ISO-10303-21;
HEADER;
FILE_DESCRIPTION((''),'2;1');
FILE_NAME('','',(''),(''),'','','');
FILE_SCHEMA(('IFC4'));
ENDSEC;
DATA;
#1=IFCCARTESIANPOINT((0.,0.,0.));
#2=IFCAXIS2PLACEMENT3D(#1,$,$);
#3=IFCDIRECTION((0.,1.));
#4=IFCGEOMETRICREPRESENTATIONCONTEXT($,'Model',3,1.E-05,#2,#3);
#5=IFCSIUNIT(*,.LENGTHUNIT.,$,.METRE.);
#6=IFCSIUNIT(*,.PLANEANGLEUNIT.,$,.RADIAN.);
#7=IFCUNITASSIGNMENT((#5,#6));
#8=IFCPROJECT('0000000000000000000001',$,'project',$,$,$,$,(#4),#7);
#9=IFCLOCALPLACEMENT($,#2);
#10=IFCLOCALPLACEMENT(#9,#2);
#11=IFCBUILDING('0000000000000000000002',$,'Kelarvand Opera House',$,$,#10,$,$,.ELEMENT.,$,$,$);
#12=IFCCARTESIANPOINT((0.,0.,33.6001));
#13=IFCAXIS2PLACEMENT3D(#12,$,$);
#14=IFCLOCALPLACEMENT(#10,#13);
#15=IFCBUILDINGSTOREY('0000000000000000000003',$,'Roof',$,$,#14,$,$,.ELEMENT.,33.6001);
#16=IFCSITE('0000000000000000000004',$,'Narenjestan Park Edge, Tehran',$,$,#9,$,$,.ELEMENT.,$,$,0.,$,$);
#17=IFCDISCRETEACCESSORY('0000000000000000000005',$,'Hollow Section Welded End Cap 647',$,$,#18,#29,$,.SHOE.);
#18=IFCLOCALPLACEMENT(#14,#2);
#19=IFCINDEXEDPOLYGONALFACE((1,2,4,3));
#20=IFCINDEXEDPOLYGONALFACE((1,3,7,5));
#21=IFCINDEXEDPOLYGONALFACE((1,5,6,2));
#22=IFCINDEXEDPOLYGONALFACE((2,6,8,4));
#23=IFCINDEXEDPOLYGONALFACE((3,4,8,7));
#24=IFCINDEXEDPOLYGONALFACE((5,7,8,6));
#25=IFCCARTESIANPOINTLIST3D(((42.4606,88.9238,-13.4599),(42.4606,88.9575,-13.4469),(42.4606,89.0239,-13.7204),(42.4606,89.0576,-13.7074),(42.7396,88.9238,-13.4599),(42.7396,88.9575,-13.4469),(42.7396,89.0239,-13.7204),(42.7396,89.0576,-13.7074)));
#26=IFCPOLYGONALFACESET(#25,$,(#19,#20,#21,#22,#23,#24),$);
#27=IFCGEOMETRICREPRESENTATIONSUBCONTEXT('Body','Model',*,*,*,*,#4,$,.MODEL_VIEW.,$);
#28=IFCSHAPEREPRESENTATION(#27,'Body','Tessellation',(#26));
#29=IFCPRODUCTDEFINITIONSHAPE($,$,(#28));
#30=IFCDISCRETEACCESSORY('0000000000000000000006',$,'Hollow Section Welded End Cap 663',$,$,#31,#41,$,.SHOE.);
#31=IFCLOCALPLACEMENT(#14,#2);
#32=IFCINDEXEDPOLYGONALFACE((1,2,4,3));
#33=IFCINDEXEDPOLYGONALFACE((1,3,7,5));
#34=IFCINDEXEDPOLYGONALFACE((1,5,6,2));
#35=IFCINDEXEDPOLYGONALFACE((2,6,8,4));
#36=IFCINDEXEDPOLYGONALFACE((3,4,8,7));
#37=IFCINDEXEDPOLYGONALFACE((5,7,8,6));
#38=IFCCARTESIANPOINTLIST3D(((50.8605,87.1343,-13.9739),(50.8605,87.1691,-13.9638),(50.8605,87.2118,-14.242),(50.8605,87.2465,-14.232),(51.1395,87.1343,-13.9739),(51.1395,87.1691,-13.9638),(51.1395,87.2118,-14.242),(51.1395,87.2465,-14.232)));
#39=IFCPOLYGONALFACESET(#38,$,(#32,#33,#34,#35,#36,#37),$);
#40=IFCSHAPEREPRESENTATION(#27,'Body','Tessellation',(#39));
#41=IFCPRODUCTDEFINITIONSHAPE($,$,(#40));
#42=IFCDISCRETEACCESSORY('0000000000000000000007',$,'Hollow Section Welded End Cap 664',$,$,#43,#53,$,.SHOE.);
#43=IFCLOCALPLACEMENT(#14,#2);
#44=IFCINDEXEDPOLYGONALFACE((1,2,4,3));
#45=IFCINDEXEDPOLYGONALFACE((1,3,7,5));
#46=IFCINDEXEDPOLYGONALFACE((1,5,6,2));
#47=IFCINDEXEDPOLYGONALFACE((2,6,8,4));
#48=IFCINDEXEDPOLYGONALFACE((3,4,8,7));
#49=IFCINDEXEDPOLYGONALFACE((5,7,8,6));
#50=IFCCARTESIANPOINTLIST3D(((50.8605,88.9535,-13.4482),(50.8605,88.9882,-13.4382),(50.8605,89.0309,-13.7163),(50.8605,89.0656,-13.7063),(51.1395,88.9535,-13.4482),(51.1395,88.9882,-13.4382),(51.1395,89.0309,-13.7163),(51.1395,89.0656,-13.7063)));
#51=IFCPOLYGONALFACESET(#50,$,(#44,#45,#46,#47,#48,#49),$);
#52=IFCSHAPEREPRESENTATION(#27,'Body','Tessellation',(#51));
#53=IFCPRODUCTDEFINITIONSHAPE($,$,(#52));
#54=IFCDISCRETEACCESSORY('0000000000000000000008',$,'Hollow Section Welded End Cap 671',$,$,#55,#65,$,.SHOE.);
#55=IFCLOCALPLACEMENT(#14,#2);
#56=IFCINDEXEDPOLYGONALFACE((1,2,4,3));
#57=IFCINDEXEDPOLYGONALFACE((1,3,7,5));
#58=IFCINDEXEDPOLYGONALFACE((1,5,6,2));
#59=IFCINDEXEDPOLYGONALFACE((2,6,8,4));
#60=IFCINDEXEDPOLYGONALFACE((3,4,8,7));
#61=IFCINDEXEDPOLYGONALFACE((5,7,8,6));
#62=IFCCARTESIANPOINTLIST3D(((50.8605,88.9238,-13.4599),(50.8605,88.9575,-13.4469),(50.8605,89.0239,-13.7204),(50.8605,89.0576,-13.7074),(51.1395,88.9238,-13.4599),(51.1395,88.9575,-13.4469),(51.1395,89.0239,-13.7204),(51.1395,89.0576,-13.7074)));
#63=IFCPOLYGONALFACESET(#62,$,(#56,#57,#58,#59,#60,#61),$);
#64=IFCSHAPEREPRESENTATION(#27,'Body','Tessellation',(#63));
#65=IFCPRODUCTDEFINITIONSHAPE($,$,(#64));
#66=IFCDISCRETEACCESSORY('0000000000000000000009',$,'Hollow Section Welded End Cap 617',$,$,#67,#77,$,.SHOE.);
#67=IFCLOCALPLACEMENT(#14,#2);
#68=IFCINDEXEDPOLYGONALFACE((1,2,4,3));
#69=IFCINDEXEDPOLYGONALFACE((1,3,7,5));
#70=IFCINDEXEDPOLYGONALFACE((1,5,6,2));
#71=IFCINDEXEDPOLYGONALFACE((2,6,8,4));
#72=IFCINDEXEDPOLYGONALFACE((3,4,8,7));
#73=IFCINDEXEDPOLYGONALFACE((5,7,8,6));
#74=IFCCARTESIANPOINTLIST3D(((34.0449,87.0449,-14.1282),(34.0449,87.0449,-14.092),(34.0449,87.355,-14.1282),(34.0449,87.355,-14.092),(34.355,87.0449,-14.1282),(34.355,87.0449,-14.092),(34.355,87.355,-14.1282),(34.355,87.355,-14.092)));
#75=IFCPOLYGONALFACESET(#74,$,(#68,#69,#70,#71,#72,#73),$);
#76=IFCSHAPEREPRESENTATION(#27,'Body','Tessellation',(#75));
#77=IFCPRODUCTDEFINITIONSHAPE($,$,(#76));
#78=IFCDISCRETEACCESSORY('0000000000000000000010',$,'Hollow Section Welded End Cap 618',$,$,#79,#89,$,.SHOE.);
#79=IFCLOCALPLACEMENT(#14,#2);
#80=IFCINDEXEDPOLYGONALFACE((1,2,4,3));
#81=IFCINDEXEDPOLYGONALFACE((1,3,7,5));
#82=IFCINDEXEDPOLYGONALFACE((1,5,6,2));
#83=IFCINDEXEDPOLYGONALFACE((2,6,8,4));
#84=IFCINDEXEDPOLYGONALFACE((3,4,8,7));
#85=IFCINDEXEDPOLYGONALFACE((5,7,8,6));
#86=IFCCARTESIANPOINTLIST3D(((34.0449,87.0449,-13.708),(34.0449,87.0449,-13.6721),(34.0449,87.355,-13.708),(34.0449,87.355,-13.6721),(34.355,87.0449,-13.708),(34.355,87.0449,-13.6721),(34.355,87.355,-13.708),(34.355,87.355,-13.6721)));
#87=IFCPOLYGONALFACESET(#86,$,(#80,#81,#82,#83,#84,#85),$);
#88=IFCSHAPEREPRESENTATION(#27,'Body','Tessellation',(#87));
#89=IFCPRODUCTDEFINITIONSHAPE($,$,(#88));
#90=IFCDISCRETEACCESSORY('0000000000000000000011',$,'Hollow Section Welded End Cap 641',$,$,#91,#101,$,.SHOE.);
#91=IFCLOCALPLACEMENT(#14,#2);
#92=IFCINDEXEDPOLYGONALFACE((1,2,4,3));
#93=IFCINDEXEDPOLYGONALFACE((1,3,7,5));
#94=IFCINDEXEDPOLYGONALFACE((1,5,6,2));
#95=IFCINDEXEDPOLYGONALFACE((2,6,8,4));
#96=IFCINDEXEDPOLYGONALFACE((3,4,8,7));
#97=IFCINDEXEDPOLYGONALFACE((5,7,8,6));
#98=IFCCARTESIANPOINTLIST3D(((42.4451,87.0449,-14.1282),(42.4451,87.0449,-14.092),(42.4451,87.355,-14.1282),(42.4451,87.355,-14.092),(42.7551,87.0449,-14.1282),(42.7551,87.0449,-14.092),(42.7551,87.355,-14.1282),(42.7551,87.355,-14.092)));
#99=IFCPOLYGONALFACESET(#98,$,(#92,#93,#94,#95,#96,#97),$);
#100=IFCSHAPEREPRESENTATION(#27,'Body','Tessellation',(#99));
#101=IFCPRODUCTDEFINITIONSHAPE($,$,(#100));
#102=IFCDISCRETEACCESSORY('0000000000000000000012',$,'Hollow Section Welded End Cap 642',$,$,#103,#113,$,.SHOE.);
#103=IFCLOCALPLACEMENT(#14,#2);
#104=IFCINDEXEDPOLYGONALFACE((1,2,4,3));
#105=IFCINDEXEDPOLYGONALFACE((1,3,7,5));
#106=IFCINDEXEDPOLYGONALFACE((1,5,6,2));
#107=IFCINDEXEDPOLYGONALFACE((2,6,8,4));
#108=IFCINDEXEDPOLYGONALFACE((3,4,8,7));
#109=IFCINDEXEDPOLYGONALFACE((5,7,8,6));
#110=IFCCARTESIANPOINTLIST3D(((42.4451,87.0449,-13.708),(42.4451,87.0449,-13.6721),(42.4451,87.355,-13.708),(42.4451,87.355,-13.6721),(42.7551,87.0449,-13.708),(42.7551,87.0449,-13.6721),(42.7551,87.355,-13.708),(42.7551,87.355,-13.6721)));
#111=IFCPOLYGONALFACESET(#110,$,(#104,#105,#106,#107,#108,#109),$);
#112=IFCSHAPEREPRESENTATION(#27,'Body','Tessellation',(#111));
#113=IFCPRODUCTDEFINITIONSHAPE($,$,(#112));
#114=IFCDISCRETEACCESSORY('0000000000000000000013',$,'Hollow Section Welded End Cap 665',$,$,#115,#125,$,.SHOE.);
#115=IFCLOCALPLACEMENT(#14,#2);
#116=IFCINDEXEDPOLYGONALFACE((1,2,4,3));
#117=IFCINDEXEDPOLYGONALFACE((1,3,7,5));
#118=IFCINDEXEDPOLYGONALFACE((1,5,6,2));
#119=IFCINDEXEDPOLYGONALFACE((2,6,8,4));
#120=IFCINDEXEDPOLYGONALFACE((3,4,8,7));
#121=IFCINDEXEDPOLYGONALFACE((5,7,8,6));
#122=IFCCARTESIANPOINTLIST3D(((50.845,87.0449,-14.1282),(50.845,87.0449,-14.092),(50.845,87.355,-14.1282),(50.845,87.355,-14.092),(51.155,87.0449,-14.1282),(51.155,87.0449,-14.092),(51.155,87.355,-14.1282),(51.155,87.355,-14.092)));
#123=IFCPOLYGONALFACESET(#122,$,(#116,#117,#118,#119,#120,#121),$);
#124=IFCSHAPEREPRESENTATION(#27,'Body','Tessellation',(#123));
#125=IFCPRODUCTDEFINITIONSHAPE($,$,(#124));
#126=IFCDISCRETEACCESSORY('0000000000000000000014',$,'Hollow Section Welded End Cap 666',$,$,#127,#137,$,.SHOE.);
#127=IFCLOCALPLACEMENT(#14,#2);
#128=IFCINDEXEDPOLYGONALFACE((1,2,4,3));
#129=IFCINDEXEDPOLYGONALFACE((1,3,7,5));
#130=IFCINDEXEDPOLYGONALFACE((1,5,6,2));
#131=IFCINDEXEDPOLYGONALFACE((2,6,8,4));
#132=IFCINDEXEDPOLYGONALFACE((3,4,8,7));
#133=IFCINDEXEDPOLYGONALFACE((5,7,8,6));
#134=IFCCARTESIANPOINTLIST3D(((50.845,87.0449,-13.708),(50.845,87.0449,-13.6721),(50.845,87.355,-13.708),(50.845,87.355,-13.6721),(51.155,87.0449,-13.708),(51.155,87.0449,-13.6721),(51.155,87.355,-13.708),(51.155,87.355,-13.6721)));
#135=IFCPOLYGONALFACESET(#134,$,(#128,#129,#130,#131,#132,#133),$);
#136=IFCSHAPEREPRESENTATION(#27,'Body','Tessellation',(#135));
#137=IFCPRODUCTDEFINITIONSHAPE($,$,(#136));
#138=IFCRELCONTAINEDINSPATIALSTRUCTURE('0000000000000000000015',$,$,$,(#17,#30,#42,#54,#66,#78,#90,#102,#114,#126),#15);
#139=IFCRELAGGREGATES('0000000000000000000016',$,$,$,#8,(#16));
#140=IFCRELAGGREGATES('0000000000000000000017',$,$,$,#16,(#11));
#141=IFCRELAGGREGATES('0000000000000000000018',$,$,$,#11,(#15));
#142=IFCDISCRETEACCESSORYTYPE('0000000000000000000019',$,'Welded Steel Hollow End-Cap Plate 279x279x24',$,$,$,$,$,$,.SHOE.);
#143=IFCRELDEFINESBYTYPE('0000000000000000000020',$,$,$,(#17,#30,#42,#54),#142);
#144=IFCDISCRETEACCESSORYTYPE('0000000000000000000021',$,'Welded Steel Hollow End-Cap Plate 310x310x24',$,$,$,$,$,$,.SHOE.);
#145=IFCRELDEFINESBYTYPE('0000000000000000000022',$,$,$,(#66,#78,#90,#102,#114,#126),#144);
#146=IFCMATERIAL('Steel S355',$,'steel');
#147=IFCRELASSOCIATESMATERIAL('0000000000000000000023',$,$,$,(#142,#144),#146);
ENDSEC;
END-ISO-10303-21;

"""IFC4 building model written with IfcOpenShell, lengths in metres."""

from ifc_helpers import new_model, si_unit, direction, frame, origin, origin_2d, place, context, subcontext, project, spatial, rectangle, extrude, material, material_profile, profile_set, type_object, element, save


model = new_model("IFC4")

# Units and contexts
model_context = context("Model", 3, precision=1e-05, world=origin(), true_north=direction((0.0, 1.0)))
body_context = subcontext(model_context, "Body", "Model", "MODEL_VIEW")
ifc_project = project(units=[si_unit("LENGTHUNIT", "METRE"), si_unit("PLANEANGLEUNIT", "RADIAN")], contexts=[model_context])

# Site, building, storey
site_placement = place(None, origin())
site = spatial("IfcSite", under=ifc_project, at=site_placement, Name="Narenjestan Park Edge, Tehran", CompositionType="ELEMENT", RefElevation=0.0)
building_placement = place(site_placement, origin())
building = spatial("IfcBuilding", under=site, at=building_placement, Name="Kelarvand Opera House", CompositionType="ELEMENT")
storey_placement = place(building_placement, frame((0.0, 0.0, 33.6001)))
storey = spatial("IfcBuildingStorey", under=building, at=storey_placement, Name="Roof", CompositionType="ELEMENT", Elevation=33.6001)

# Shared definitions
ifc_material = material(Name="Steel S355", Category="steel")

# Discrete accessories
ifc_material_profile_1 = material_profile(ifc_material, rectangle(XDim=0.2791, YDim=0.2791, at=origin_2d()), Name="Welded Steel Hollow End-Cap Plate 279x279x24", Category="steel")
ifc_profile_set_1 = profile_set([ifc_material_profile_1], Name="Steel S355")
discrete_accessory_type_1 = type_object("IfcDiscreteAccessoryType", Name="Welded Steel Hollow End-Cap Plate 279x279x24", PredefinedType="SHOE", material=ifc_profile_set_1)
for number, where, z_axis, x_axis, name in (
    (1, (42.6001, 89.0076, -13.5771), (0.0, -0.93352, -0.358526), (1.0, 0.0, 0.0), "Hollow Section Welded End Cap 647"),
    (2, (51.0, 87.2078, -14.0979), (0.0, -0.960754, -0.277401), (1.0, 0.0, 0.0), "Hollow Section Welded End Cap 663"),
    (3, (51.0, 88.9922, -13.5823), (0.0, 0.960754, 0.277401), (-1.0, 0.0, 0.0), "Hollow Section Welded End Cap 664"),
    (4, (51.0, 89.0076, -13.5771), (0.0, -0.93352, -0.358526), (1.0, 0.0, 0.0), "Hollow Section Welded End Cap 671"),
):
    element("IfcDiscreteAccessory", number, at=place(storey_placement, frame(where, z_axis=z_axis, x_axis=x_axis)), inside=storey, type_object=discrete_accessory_type_1, Name=name, PredefinedType="SHOE", context=body_context, shape_type="SweptSolid", body=[
        extrude(rectangle(XDim=0.2791, YDim=0.2791, at=origin_2d()), origin(), (0.0, 0.0, 1.0), 0.0361),
    ])
ifc_material_profile_2 = material_profile(ifc_material, rectangle(XDim=0.3101, YDim=0.3101, at=origin_2d()), Name="Welded Steel Hollow End-Cap Plate 310x310x24", Category="steel")
ifc_profile_set_2 = profile_set([ifc_material_profile_2], Name="Steel S355")
discrete_accessory_type_2 = type_object("IfcDiscreteAccessoryType", Name="Welded Steel Hollow End-Cap Plate 310x310x24", PredefinedType="SHOE", material=ifc_profile_set_2)
discrete_accessory_1_placement = place(storey_placement, frame((34.2, 87.2, -14.092), z_axis=(0.0, 0.0, -1.0), x_axis=(1.0, 0.0, 0.0)))
element("IfcDiscreteAccessory", 5, at=discrete_accessory_1_placement, inside=storey, type_object=discrete_accessory_type_2, Name="Hollow Section Welded End Cap 617", PredefinedType="SHOE", context=body_context, shape_type="SweptSolid", body=[
    extrude(rectangle(XDim=0.3101, YDim=0.3101, at=origin_2d()), origin(), (0.0, 0.0, 1.0), 0.0361),
])
discrete_accessory_2_placement = place(storey_placement, frame((34.2, 87.2, -13.708), z_axis=(0.0, 0.0, 1.0), x_axis=(1.0, 0.0, 0.0)))
element("IfcDiscreteAccessory", 6, at=discrete_accessory_2_placement, inside=storey, type_object=discrete_accessory_type_2, Name="Hollow Section Welded End Cap 618", PredefinedType="SHOE", context=body_context, shape_type="SweptSolid", body=[
    extrude(rectangle(XDim=0.3101, YDim=0.3101, at=origin_2d()), origin(), (0.0, 0.0, 1.0), 0.0359),
])
discrete_accessory_3_placement = place(storey_placement, frame((42.6001, 87.2, -14.092), z_axis=(0.0, 0.0, -1.0), x_axis=(1.0, 0.0, 0.0)))
element("IfcDiscreteAccessory", 7, at=discrete_accessory_3_placement, inside=storey, type_object=discrete_accessory_type_2, Name="Hollow Section Welded End Cap 641", PredefinedType="SHOE", context=body_context, shape_type="SweptSolid", body=[
    extrude(rectangle(XDim=0.3101, YDim=0.3101, at=origin_2d()), origin(), (0.0, 0.0, 1.0), 0.0361),
])
discrete_accessory_4_placement = place(storey_placement, frame((42.6001, 87.2, -13.708), z_axis=(0.0, 0.0, 1.0), x_axis=(1.0, 0.0, 0.0)))
element("IfcDiscreteAccessory", 8, at=discrete_accessory_4_placement, inside=storey, type_object=discrete_accessory_type_2, Name="Hollow Section Welded End Cap 642", PredefinedType="SHOE", context=body_context, shape_type="SweptSolid", body=[
    extrude(rectangle(XDim=0.3101, YDim=0.3101, at=origin_2d()), origin(), (0.0, 0.0, 1.0), 0.0359),
])
discrete_accessory_5_placement = place(storey_placement, frame((51.0, 87.2, -14.092), z_axis=(0.0, 0.0, -1.0), x_axis=(1.0, 0.0, 0.0)))
element("IfcDiscreteAccessory", 9, at=discrete_accessory_5_placement, inside=storey, type_object=discrete_accessory_type_2, Name="Hollow Section Welded End Cap 665", PredefinedType="SHOE", context=body_context, shape_type="SweptSolid", body=[
    extrude(rectangle(XDim=0.3101, YDim=0.3101, at=origin_2d()), origin(), (0.0, 0.0, 1.0), 0.0361),
])
discrete_accessory_6_placement = place(storey_placement, frame((51.0, 87.2, -13.708), z_axis=(0.0, 0.0, 1.0), x_axis=(1.0, 0.0, 0.0)))
element("IfcDiscreteAccessory", 10, at=discrete_accessory_6_placement, inside=storey, type_object=discrete_accessory_type_2, Name="Hollow Section Welded End Cap 666", PredefinedType="SHOE", context=body_context, shape_type="SweptSolid", body=[
    extrude(rectangle(XDim=0.3101, YDim=0.3101, at=origin_2d()), origin(), (0.0, 0.0, 1.0), 0.0359),
])

save(model, "model.ifc")
